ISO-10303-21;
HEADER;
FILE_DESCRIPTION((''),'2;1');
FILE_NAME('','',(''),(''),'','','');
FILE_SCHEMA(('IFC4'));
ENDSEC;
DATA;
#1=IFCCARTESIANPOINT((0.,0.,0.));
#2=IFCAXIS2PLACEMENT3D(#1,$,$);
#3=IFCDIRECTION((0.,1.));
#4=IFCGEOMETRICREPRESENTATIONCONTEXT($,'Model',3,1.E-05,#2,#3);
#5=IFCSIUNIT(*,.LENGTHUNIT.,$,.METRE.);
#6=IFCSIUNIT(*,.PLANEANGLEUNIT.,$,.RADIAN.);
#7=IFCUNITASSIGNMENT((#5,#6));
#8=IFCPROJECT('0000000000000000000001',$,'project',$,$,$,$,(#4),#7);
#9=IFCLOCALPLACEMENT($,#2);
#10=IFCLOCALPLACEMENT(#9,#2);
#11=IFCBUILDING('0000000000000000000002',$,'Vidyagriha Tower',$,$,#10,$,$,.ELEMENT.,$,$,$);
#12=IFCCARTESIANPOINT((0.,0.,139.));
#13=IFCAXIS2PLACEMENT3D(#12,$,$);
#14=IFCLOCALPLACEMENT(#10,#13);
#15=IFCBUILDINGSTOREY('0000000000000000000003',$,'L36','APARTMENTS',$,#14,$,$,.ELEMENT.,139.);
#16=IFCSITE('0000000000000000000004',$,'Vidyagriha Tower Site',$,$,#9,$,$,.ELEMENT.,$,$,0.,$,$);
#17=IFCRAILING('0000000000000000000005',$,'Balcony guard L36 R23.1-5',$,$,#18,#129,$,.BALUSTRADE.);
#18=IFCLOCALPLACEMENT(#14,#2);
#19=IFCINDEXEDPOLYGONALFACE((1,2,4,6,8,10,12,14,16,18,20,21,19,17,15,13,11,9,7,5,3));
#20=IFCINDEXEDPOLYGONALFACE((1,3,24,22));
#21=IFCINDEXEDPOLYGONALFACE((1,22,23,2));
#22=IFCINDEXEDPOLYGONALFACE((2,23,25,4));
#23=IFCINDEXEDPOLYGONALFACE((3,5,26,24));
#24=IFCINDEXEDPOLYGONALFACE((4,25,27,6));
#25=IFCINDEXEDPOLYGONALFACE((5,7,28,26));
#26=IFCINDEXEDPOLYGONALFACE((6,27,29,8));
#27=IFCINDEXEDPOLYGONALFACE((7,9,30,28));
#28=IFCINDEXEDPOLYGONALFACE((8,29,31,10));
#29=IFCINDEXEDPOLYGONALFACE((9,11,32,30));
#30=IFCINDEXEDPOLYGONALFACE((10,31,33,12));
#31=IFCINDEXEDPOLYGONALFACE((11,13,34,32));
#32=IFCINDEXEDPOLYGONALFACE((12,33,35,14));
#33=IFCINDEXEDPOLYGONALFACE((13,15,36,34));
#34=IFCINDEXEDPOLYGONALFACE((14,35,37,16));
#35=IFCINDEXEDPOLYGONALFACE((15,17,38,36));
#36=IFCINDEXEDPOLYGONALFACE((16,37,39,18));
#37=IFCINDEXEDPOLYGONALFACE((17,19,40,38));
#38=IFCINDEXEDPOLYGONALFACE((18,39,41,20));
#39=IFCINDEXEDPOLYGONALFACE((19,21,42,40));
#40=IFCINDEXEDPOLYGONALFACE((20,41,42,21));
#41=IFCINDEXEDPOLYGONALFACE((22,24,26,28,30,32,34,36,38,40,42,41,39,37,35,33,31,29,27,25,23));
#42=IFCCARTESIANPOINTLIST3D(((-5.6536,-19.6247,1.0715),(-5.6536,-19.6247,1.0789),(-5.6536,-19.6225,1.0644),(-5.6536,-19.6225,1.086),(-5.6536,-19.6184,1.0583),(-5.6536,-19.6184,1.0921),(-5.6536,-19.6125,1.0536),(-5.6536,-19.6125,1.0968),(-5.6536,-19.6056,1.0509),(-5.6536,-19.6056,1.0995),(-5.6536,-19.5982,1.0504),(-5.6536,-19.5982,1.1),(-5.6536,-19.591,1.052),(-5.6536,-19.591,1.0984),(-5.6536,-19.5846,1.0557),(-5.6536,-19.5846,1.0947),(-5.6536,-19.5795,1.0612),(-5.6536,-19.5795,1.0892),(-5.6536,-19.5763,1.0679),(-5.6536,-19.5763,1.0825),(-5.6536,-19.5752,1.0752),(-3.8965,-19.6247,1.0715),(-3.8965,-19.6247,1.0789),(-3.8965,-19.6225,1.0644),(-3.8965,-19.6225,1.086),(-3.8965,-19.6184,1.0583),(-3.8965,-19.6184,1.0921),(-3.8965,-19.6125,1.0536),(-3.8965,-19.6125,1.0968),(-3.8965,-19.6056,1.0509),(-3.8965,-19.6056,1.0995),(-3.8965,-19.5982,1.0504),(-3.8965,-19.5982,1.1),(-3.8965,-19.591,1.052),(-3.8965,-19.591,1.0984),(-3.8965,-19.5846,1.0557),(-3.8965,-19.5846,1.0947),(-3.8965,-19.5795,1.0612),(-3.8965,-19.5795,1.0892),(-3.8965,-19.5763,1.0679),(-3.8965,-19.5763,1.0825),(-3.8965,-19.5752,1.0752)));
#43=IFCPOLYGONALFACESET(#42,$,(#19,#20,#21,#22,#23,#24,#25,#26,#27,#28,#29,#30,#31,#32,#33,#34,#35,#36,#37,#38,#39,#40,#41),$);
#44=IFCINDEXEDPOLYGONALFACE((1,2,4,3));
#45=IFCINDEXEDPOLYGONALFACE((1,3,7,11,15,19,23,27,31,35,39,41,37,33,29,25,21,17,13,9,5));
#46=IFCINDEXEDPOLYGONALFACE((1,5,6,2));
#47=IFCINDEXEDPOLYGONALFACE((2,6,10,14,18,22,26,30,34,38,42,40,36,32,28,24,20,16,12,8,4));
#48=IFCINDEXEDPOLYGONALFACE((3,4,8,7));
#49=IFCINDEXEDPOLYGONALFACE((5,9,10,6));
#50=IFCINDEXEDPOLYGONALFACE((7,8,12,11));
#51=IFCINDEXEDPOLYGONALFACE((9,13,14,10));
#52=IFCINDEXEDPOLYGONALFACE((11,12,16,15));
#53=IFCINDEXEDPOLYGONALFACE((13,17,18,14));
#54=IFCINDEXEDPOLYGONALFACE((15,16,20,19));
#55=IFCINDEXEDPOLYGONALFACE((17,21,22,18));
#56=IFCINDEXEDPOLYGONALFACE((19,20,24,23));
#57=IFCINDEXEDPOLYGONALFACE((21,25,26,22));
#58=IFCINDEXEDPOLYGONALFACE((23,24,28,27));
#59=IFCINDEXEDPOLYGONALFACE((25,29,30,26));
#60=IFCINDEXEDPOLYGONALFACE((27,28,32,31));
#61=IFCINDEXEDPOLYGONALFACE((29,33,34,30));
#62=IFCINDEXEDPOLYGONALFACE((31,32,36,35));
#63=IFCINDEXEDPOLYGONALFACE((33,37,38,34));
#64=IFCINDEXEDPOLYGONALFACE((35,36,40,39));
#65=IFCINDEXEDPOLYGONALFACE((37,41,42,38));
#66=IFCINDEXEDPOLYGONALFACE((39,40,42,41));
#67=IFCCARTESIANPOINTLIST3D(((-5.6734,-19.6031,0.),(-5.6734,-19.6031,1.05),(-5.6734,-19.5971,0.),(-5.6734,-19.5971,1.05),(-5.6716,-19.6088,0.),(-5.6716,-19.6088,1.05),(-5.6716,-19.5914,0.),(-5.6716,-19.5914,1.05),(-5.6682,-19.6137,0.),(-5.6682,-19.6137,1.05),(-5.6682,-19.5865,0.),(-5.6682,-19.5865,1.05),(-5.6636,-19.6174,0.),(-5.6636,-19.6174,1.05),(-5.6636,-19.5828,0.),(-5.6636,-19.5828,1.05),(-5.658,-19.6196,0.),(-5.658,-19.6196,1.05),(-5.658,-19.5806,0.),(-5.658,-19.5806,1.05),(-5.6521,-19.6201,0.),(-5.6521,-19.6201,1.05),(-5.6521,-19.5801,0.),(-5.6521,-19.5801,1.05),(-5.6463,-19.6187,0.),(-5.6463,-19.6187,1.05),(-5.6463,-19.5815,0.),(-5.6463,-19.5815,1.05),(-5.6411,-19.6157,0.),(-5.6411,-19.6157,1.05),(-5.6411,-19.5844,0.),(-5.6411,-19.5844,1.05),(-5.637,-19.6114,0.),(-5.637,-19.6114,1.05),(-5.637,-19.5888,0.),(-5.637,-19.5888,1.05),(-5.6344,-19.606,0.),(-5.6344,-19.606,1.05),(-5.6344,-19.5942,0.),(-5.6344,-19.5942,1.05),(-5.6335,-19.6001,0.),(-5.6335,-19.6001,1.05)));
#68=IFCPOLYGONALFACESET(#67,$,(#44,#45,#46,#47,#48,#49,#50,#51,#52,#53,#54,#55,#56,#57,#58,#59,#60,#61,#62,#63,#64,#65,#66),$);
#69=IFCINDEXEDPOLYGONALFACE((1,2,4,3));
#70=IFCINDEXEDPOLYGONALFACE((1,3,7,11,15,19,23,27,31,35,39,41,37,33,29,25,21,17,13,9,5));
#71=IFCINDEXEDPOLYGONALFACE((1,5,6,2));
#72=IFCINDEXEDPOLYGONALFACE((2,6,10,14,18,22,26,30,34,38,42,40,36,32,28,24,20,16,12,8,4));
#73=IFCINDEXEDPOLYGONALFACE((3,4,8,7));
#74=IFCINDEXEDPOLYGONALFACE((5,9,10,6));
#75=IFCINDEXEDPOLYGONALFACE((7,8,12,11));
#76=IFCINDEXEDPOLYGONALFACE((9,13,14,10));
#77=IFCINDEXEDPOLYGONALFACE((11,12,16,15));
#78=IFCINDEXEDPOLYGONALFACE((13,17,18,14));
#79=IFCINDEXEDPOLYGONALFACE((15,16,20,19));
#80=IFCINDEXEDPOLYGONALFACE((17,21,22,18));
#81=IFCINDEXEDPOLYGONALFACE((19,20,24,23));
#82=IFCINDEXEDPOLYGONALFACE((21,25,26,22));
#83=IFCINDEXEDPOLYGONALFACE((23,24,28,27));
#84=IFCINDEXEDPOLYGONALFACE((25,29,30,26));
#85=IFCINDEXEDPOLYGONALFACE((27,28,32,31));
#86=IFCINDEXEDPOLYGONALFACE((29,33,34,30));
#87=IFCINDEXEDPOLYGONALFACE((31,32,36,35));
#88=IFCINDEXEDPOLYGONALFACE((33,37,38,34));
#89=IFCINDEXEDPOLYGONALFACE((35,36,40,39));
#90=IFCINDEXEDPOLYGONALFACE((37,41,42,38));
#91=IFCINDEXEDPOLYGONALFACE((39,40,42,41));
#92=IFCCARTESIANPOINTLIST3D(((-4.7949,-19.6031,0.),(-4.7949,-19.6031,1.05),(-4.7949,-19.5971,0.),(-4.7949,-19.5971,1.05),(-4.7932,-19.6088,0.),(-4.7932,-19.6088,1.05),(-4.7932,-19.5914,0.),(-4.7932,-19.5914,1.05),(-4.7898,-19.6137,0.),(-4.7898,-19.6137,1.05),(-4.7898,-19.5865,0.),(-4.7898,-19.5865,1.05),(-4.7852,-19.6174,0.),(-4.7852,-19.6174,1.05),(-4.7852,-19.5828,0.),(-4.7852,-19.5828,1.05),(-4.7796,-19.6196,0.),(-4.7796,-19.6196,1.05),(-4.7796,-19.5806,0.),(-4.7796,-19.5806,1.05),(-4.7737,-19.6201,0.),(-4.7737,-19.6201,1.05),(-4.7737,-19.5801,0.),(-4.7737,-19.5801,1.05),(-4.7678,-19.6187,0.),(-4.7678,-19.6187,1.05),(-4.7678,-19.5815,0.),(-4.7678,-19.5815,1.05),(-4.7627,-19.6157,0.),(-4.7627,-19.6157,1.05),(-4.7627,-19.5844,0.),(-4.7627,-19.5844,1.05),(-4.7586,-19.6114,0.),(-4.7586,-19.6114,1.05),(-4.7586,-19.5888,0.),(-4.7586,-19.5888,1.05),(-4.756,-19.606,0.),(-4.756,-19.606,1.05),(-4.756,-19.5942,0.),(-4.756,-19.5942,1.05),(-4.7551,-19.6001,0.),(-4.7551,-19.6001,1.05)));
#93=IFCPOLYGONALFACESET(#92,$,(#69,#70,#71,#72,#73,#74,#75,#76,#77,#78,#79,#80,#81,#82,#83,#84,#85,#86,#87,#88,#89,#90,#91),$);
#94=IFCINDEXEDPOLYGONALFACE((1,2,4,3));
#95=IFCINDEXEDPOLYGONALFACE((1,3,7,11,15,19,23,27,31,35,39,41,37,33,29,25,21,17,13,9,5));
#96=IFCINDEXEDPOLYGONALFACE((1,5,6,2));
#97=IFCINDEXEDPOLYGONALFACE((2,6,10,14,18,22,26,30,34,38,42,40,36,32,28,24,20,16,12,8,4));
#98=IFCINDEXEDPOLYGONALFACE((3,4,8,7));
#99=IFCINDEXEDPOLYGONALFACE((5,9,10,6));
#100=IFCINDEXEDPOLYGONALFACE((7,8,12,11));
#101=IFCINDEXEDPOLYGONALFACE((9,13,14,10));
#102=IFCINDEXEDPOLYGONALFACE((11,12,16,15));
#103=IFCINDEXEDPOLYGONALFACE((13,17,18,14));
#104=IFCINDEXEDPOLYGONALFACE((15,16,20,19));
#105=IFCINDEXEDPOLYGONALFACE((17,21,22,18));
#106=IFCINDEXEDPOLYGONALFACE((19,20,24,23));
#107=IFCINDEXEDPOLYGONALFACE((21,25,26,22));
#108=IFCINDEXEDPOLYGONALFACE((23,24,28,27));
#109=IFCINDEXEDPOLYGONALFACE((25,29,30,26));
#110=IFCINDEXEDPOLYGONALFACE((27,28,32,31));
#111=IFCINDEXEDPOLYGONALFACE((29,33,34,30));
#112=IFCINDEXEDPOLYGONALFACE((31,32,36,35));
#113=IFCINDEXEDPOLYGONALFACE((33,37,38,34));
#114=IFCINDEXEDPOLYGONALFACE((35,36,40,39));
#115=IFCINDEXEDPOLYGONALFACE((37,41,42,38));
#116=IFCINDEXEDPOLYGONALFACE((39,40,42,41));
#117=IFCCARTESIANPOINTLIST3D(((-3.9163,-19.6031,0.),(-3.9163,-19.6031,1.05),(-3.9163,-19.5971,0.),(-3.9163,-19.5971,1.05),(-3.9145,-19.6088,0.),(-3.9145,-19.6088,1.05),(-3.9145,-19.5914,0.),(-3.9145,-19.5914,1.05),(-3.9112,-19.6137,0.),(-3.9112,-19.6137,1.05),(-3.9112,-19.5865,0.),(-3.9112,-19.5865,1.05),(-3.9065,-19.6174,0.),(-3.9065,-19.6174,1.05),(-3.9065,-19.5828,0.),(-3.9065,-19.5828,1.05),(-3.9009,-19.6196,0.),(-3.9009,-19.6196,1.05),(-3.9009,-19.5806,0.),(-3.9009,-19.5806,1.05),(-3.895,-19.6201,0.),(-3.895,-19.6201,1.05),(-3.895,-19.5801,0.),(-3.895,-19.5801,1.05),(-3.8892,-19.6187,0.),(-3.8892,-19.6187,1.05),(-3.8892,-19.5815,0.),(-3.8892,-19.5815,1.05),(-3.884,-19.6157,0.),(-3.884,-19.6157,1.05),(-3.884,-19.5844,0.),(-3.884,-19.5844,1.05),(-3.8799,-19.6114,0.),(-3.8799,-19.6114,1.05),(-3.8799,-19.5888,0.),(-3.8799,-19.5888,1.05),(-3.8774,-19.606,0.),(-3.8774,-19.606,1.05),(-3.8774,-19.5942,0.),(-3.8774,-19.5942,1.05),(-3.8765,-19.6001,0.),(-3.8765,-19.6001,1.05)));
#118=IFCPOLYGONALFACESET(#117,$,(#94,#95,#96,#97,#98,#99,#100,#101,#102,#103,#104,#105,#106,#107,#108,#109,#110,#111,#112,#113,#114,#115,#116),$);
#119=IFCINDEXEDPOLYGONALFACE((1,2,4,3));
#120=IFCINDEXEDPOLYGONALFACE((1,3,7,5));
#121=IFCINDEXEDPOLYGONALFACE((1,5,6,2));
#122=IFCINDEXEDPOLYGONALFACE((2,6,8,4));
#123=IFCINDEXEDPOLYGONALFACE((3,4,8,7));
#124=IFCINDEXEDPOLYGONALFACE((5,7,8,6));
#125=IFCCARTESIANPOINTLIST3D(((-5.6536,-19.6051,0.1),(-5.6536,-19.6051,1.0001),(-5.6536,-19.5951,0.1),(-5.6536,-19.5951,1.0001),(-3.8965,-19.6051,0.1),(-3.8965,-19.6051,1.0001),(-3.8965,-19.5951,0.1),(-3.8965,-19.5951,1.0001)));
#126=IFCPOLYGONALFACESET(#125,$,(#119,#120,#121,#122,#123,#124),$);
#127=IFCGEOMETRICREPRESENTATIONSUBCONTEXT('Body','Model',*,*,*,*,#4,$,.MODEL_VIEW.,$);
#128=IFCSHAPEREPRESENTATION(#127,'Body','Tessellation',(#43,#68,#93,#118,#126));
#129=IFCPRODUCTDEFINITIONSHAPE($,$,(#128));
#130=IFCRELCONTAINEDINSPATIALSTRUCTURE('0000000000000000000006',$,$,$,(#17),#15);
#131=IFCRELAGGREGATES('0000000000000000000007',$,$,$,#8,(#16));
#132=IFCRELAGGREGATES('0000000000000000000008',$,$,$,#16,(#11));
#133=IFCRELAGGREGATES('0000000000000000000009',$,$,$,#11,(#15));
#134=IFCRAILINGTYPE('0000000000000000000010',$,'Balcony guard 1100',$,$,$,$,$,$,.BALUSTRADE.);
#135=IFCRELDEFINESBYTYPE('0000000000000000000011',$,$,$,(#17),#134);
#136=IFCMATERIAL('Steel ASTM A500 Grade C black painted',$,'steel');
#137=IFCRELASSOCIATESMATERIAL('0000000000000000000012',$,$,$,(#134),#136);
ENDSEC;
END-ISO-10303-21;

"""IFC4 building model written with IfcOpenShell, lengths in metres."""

from ifc_helpers import new_model, si_unit, direction, frame, origin, origin_2d, place, context, subcontext, project, spatial, rectangle, circle, extrude, material, type_object, element, save


model = new_model("IFC4")

# Units and contexts
model_context = context("Model", 3, precision=1e-05, world=origin(), true_north=direction((0.0, 1.0)))
body_context = subcontext(model_context, "Body", "Model", "MODEL_VIEW")
ifc_project = project(units=[si_unit("LENGTHUNIT", "METRE"), si_unit("PLANEANGLEUNIT", "RADIAN")], contexts=[model_context])

# Site, building, storey
site_placement = place(None, origin())
site = spatial("IfcSite", under=ifc_project, at=site_placement, Name="Vidyagriha Tower Site", CompositionType="ELEMENT", RefElevation=0.0)
building_placement = place(site_placement, origin())
building = spatial("IfcBuilding", under=site, at=building_placement, Name="Vidyagriha Tower", CompositionType="ELEMENT")
storey_placement = place(building_placement, frame((0.0, 0.0, 139.0)))
storey = spatial("IfcBuildingStorey", under=building, at=storey_placement, Name="L36", Description="APARTMENTS", CompositionType="ELEMENT", Elevation=139.0)

# Railing
ifc_material_1 = material(Name="Steel ASTM A500 Grade C black painted", Category="steel")
railing_type = type_object("IfcRailingType", Name="Balcony guard 1100", PredefinedType="BALUSTRADE", material=ifc_material_1)
railing_1_placement = place(storey_placement, frame((-5.6536, -19.6001, 0.0)))
element("IfcRailing", 1, at=railing_1_placement, inside=storey, type_object=railing_type, Name="Balcony guard L36 R23.1-5", PredefinedType="BALUSTRADE", context=body_context, shape_type="SweptSolid", body=[
    extrude(circle(Radius=0.0249, at=origin_2d()), frame((0.0, 0.0, 1.0752), z_axis=(1.0, 0.0, 0.0), x_axis=(0.0, 1.0, 0.0)), (0.0, 0.0, 1.0), 1.7571),
    extrude(circle(Radius=0.02, at=origin_2d()), origin(), (0.0, 0.0, 1.0), 1.05),
    extrude(circle(Radius=0.02, at=origin_2d()), frame((0.8784, 0.0, 0.0)), (0.0, 0.0, 1.0), 1.05),
    extrude(circle(Radius=0.02, at=origin_2d()), frame((1.7571, 0.0, 0.0)), (0.0, 0.0, 1.0), 1.05),
    extrude(rectangle(XDim=0.01, YDim=0.9001, at=origin_2d()), frame((0.0, 0.0, 0.55), z_axis=(1.0, 0.0, 0.0), x_axis=(0.0, 1.0, 0.0)), (0.0, 0.0, 1.0), 1.7571),
])

save(model, "model.ifc")
